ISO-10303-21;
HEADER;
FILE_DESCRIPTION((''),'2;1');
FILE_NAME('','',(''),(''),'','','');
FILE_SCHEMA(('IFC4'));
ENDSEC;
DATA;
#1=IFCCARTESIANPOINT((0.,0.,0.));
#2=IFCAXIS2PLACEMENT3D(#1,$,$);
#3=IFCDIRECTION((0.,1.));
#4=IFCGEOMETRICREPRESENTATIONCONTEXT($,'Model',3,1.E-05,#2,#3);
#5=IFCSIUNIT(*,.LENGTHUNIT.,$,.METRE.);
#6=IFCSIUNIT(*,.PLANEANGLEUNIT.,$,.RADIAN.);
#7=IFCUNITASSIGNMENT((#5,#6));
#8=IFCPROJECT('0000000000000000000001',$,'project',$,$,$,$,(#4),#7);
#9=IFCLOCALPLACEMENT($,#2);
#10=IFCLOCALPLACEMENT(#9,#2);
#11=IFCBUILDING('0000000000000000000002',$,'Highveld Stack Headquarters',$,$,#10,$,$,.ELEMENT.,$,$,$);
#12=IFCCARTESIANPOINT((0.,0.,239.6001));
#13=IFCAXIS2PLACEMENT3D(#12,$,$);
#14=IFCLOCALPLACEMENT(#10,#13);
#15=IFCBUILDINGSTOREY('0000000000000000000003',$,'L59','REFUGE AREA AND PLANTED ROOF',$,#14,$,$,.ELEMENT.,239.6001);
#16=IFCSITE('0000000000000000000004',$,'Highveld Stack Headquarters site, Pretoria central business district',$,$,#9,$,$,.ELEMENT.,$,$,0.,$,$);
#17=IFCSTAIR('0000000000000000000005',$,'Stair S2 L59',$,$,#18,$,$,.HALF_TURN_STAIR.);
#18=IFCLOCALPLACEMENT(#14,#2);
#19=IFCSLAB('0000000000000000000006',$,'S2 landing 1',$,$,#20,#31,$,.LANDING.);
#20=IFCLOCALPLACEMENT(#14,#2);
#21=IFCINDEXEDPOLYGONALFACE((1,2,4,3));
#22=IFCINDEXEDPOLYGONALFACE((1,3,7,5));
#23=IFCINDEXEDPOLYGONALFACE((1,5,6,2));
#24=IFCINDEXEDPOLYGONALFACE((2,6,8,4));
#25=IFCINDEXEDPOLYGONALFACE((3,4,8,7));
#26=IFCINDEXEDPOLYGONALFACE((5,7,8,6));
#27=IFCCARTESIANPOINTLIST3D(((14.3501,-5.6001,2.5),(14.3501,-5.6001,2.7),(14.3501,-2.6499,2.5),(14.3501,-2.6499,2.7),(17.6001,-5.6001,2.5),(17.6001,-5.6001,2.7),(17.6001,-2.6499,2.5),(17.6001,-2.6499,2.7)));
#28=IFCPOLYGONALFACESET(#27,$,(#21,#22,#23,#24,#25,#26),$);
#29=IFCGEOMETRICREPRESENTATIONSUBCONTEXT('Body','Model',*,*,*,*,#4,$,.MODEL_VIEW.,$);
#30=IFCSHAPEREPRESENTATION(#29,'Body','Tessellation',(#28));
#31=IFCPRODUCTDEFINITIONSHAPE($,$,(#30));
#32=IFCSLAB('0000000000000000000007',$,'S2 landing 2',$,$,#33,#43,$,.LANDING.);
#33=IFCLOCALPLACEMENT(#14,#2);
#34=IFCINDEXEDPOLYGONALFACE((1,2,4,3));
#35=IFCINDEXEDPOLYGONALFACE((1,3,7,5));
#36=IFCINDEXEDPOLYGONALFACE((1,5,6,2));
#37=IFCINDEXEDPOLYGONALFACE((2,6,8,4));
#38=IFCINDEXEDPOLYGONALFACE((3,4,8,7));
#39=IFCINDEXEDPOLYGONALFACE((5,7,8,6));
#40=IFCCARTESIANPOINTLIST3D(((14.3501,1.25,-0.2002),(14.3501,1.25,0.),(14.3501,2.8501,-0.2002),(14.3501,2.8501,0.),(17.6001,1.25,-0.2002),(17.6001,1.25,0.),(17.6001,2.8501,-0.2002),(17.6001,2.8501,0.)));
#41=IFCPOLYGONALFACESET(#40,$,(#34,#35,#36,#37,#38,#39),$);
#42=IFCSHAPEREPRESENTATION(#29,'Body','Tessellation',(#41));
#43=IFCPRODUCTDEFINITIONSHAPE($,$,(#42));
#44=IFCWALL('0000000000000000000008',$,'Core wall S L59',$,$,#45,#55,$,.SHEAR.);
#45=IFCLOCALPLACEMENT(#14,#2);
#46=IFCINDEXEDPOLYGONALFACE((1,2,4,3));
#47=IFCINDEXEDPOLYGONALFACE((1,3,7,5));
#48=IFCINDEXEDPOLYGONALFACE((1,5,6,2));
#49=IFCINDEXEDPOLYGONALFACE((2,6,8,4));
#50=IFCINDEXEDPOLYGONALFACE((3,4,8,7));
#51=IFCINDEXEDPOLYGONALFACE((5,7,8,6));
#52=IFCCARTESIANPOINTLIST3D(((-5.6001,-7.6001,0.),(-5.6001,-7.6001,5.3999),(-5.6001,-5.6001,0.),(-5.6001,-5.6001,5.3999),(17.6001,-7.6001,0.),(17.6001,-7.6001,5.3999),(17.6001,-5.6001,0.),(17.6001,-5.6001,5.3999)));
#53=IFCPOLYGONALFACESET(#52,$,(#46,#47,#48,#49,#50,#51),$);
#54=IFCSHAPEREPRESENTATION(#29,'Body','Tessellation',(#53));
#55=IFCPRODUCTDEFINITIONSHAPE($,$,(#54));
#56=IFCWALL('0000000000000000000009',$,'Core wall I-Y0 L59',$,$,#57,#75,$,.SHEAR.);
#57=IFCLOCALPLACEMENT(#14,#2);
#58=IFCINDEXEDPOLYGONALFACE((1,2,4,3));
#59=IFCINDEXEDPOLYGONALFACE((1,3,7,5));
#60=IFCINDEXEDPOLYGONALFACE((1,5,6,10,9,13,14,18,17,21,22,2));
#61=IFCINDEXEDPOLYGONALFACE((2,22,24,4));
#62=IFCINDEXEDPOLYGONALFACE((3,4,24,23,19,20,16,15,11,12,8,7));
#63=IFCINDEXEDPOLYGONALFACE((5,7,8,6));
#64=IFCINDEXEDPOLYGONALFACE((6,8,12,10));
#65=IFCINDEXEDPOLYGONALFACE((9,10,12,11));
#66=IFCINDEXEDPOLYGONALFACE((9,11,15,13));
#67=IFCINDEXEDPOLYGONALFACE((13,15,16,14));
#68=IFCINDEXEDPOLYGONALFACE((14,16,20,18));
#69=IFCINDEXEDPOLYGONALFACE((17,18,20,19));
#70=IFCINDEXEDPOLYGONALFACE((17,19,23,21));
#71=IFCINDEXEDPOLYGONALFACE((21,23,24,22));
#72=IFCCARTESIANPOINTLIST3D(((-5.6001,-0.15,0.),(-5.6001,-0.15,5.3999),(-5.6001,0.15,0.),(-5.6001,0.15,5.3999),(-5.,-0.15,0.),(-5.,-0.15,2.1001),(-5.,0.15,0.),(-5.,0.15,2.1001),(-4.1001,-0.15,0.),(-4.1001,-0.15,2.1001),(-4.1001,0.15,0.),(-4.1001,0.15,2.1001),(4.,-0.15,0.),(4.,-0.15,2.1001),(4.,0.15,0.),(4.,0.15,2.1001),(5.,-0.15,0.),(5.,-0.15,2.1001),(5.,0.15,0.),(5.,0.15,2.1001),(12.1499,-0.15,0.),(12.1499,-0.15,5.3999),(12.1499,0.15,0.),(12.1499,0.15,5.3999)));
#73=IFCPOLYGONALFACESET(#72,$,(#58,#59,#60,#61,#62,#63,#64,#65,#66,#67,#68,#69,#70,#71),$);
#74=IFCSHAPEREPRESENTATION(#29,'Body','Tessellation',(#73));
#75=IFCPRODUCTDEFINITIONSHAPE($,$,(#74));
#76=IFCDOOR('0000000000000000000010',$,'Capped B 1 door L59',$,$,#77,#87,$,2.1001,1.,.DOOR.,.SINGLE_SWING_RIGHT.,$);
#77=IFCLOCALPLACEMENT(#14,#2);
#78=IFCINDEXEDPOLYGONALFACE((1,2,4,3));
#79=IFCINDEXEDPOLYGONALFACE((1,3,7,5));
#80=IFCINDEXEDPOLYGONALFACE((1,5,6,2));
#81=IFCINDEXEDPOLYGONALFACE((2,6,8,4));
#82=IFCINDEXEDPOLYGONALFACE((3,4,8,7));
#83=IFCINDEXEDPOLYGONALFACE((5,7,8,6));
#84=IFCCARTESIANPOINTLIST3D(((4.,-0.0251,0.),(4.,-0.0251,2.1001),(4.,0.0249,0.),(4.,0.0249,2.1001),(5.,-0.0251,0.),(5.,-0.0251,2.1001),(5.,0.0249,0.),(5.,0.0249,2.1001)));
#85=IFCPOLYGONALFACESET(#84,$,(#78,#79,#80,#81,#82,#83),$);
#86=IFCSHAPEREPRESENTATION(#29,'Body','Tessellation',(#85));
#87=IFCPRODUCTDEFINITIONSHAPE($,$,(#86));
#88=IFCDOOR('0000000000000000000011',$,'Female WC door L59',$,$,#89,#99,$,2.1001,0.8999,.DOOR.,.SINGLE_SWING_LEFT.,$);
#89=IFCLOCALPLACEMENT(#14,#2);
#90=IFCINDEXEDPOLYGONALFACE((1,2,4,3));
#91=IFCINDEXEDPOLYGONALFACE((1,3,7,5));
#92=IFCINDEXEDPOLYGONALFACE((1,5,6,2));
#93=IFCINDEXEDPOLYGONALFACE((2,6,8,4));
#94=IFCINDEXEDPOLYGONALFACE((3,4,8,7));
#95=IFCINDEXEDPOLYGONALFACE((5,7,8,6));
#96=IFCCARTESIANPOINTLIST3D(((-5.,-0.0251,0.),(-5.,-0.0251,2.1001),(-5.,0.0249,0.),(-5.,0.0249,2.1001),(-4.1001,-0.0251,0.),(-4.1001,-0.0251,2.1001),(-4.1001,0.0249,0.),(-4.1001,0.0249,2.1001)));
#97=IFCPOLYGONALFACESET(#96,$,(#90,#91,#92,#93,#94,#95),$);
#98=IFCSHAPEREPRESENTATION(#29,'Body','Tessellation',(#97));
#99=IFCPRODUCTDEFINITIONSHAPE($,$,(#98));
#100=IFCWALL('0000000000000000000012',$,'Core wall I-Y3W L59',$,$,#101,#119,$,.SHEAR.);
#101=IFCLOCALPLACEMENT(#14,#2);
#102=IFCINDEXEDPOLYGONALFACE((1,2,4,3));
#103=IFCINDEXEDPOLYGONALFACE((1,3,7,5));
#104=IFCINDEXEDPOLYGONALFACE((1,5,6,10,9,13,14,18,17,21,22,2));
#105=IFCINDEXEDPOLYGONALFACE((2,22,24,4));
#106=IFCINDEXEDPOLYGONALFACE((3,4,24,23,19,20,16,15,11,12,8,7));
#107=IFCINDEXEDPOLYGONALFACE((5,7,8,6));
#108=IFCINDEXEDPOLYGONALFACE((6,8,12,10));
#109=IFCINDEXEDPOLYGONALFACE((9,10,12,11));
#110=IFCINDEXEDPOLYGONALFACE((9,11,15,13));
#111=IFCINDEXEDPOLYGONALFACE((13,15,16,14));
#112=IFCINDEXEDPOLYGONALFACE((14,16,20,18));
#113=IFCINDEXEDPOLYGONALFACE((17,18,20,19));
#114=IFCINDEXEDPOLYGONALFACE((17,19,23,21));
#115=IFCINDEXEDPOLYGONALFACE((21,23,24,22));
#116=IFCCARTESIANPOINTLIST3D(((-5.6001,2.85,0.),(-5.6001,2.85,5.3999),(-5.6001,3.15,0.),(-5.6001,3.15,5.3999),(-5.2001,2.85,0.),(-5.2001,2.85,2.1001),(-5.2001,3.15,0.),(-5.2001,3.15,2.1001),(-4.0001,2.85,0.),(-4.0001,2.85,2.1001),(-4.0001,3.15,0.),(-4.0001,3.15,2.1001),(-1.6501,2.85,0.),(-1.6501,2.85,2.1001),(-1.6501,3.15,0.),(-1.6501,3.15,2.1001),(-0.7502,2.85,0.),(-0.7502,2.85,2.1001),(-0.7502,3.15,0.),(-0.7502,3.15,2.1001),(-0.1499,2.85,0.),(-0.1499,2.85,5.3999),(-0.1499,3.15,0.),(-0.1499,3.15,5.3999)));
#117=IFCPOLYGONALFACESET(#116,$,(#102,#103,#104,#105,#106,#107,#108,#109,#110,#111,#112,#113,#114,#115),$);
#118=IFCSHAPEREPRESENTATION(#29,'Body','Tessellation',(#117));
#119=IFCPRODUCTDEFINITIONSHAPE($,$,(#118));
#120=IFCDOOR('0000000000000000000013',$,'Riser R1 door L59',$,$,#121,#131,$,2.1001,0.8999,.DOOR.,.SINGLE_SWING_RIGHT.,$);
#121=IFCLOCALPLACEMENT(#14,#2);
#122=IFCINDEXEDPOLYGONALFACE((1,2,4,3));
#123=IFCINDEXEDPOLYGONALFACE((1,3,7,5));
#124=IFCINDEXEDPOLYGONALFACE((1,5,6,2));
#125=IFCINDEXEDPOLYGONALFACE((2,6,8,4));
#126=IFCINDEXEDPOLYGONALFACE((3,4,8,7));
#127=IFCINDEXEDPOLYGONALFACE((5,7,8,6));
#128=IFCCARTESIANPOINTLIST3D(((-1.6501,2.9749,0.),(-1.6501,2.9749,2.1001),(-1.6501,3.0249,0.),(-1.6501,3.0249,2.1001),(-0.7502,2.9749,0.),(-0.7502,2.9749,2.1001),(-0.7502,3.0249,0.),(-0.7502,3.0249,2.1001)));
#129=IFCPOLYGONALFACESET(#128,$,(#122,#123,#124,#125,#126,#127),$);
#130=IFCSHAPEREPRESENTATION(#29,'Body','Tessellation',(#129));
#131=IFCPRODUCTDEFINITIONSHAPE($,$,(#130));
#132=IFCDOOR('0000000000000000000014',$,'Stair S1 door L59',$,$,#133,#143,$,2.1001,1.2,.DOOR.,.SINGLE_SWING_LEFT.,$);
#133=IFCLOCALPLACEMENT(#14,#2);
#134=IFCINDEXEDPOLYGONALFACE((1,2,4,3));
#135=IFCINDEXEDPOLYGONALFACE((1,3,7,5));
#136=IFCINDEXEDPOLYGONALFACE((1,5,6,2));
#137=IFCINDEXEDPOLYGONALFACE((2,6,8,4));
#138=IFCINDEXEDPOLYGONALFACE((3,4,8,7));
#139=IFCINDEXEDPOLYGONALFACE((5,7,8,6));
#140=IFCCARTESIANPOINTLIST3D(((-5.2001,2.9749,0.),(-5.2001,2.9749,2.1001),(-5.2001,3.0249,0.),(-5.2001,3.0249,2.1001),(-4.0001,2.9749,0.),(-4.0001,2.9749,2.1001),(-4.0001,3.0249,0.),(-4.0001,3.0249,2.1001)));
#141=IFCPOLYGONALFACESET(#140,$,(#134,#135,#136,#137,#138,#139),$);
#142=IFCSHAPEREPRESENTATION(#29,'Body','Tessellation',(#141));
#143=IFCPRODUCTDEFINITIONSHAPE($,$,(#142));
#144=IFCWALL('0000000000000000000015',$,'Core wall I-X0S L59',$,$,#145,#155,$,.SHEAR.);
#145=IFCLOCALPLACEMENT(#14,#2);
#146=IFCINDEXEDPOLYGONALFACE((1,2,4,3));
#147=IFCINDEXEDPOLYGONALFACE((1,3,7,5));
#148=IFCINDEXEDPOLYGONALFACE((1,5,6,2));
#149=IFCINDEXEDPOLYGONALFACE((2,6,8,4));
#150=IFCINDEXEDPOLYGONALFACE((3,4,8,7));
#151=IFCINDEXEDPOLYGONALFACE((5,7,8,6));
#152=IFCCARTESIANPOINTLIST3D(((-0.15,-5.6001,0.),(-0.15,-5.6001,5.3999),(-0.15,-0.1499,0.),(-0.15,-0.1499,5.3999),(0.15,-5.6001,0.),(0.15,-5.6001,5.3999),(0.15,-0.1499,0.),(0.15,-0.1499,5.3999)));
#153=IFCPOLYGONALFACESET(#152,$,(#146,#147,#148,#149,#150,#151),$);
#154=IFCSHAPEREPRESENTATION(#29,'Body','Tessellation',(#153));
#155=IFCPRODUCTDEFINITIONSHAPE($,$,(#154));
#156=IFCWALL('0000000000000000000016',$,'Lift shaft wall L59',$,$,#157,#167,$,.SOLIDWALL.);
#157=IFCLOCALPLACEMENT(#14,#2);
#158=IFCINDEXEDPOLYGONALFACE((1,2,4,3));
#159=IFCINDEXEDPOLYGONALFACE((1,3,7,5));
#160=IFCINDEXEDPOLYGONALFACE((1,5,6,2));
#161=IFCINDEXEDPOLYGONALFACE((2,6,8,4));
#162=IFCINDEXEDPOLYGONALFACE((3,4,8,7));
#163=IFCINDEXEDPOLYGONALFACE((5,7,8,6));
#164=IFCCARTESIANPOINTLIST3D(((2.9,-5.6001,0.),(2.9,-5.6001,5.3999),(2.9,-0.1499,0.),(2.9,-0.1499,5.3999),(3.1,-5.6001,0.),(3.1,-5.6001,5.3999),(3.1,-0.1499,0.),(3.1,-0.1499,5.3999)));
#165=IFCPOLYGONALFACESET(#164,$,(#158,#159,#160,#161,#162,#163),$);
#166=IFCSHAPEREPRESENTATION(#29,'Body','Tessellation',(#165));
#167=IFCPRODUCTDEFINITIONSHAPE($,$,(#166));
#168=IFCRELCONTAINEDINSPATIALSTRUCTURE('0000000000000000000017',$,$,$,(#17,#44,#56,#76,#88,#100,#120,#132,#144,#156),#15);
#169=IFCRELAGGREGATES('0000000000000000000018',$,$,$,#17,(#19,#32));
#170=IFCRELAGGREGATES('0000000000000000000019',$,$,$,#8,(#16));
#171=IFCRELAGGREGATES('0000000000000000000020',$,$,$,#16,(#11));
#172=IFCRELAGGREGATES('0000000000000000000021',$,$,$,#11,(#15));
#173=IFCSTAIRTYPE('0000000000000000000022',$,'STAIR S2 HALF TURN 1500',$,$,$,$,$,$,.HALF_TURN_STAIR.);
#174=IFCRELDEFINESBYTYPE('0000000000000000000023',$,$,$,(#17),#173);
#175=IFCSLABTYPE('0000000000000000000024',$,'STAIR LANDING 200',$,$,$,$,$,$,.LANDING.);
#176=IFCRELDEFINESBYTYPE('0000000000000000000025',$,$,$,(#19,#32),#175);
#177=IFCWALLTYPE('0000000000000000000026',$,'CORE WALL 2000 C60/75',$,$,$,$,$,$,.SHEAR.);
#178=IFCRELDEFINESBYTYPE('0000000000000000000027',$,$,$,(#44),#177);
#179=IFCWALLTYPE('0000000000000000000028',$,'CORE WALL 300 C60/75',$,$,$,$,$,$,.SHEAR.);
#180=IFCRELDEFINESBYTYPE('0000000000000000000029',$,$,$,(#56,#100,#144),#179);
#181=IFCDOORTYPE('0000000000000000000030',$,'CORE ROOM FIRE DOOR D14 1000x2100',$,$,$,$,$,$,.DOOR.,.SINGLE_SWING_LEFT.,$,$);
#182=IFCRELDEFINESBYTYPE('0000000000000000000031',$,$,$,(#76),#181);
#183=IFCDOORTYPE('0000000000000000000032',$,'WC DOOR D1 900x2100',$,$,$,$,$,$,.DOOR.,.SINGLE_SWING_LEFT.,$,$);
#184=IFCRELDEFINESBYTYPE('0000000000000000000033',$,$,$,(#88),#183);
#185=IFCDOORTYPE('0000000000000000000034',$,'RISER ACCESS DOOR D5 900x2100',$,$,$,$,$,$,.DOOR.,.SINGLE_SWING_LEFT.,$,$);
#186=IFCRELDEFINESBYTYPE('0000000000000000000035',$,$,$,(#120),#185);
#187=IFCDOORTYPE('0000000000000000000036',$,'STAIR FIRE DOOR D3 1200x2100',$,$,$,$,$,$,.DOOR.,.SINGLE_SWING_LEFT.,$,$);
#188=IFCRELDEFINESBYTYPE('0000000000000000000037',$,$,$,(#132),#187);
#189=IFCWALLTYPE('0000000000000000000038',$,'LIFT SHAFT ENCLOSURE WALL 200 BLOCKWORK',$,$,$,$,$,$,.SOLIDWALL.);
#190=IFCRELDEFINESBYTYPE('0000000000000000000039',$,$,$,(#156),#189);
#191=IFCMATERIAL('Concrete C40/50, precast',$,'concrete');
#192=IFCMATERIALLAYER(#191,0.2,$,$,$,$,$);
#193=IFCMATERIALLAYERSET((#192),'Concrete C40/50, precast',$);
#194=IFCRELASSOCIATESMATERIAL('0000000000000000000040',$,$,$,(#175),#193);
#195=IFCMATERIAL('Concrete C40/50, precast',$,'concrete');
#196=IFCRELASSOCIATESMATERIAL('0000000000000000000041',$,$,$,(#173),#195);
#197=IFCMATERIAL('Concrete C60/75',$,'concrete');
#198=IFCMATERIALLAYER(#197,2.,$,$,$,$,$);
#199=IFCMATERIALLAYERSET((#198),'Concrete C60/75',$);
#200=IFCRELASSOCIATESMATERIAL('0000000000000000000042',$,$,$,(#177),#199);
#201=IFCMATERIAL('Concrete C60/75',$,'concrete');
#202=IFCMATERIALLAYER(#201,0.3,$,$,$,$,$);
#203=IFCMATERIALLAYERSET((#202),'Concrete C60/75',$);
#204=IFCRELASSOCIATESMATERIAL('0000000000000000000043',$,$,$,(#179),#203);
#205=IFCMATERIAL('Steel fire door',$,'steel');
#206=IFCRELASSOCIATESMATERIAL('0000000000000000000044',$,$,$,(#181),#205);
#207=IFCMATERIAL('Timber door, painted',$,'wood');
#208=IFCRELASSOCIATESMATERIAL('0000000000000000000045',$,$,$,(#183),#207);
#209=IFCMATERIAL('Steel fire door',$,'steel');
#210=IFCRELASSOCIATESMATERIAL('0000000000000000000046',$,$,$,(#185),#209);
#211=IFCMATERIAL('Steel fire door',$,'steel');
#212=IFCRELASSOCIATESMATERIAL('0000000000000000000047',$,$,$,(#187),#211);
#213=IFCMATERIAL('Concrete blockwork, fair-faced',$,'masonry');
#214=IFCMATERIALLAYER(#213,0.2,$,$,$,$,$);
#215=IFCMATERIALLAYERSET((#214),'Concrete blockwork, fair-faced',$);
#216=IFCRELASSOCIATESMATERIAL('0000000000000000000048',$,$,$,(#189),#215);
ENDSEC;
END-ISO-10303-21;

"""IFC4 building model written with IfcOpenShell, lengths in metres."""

from ifc_helpers import new_model, si_unit, direction, frame, frame_2d, origin, place, context, subcontext, project, spatial, polyline, rectangle, outline, extrude, material, layer, layer_set, type_object, element, fill, aggregate, save


model = new_model("IFC4")

# Units and contexts
model_context = context("Model", 3, precision=1e-05, world=origin(), true_north=direction((0.0, 1.0)))
body_context = subcontext(model_context, "Body", "Model", "MODEL_VIEW")
ifc_project = project(units=[si_unit("LENGTHUNIT", "METRE"), si_unit("PLANEANGLEUNIT", "RADIAN")], contexts=[model_context])

# Site, building, storey
site_placement = place(None, origin())
site = spatial("IfcSite", under=ifc_project, at=site_placement, Name="Highveld Stack Headquarters site, Pretoria central business district", CompositionType="ELEMENT", RefElevation=0.0)
building_placement = place(site_placement, origin())
building = spatial("IfcBuilding", under=site, at=building_placement, Name="Highveld Stack Headquarters", CompositionType="ELEMENT")
storey_placement = place(building_placement, frame((0.0, 0.0, 239.6001)))
storey = spatial("IfcBuildingStorey", under=building, at=storey_placement, Name="L59", Description="REFUGE AREA AND PLANTED ROOF", CompositionType="ELEMENT", Elevation=239.6001)

# Stair, slabs
ifc_material_1 = material(Name="Concrete C40/50, precast", Category="concrete")
ifc_layer_1 = layer(ifc_material_1, 0.2)
ifc_layer_set_1 = layer_set([ifc_layer_1], Name="Concrete C40/50, precast")
slab_type_1 = type_object("IfcSlabType", Name="STAIR LANDING 200", PredefinedType="LANDING", material=ifc_layer_set_1)
ifc_material_2 = material(Name="Concrete C40/50, precast", Category="concrete")
stair_type_1 = type_object("IfcStairType", Name="STAIR S2 HALF TURN 1500", PredefinedType="HALF_TURN_STAIR", material=ifc_material_2)
stair_1_placement = place(storey_placement, origin())
stair_1 = element("IfcStair", 1, at=stair_1_placement, inside=storey, type_object=stair_type_1, Name="Stair S2 L59", PredefinedType="HALF_TURN_STAIR")
slab_1_placement = place(storey_placement, frame((0.0, 0.0, 2.5)))
slab_1 = element("IfcSlab", 2, at=slab_1_placement, type_object=slab_type_1, Name="S2 landing 1", PredefinedType="LANDING", context=body_context, shape_type="SweptSolid", body=[
    extrude(outline(polyline([(14.3501, -5.6001), (17.6001, -5.6001), (17.6001, -2.6499), (14.3501, -2.6499), (14.3501, -5.6001)])), origin(), (0.0, 0.0, 1.0), 0.2),
])
slab_2_placement = place(storey_placement, frame((0.0, 0.0, -0.2002)))
slab_2 = element("IfcSlab", 3, at=slab_2_placement, type_object=slab_type_1, Name="S2 landing 2", PredefinedType="LANDING", context=body_context, shape_type="SweptSolid", body=[
    extrude(outline(polyline([(14.3501, 1.25), (17.6001, 1.25), (17.6001, 2.8501), (14.3501, 2.8501), (14.3501, 1.25)])), origin(), (0.0, 0.0, 1.0), 0.2002),
])
aggregate(stair_1, [slab_1, slab_2])

# Wall
ifc_material_3 = material(Name="Concrete C60/75", Category="concrete")
ifc_layer_2 = layer(ifc_material_3, 2.0)
ifc_layer_set_2 = layer_set([ifc_layer_2], Name="Concrete C60/75")
wall_type_1 = type_object("IfcWallType", Name="CORE WALL 2000 C60/75", PredefinedType="SHEAR", material=ifc_layer_set_2)
wall_1_placement = place(storey_placement, frame((-5.6001, -6.6001, 0.0), z_axis=(0.0, 0.0, 1.0), x_axis=(1.0, 0.0, 0.0)))
element("IfcWall", 4, at=wall_1_placement, inside=storey, type_object=wall_type_1, Name="Core wall S L59", PredefinedType="SHEAR", context=body_context, shape_type="SweptSolid", body=[
    extrude(rectangle(XDim=23.2002, YDim=2.0, at=frame_2d((11.6001, 0.0))), origin(), (0.0, 0.0, 1.0), 5.3999),
])

# Walls, openings, doors
ifc_material_4 = material(Name="Concrete C60/75", Category="concrete")
ifc_layer_3 = layer(ifc_material_4, 0.3)
ifc_layer_set_3 = layer_set([ifc_layer_3], Name="Concrete C60/75")
wall_type_2 = type_object("IfcWallType", Name="CORE WALL 300 C60/75", PredefinedType="SHEAR", material=ifc_layer_set_3)
wall_2_placement = place(storey_placement, frame((-5.6001, 0.0, 0.0), z_axis=(0.0, 0.0, 1.0), x_axis=(1.0, 0.0, 0.0)))
wall_2 = element("IfcWall", 5, at=wall_2_placement, inside=storey, type_object=wall_type_2, Name="Core wall I-Y0 L59", PredefinedType="SHEAR", context=body_context, shape_type="SweptSolid", body=[
    extrude(rectangle(XDim=17.75, YDim=0.3, at=frame_2d((8.875, 0.0))), origin(), (0.0, 0.0, 1.0), 5.3999),
])
opening_1_placement = place(wall_2_placement, frame((0.6001, 0.0, 0.0)))
opening_1 = element("IfcOpeningElement", 6, at=opening_1_placement, cuts=wall_2, PredefinedType="OPENING", context=body_context, shape_type="SweptSolid", body=[
    extrude(rectangle(XDim=0.8999, YDim=2.1001, at=frame_2d((0.45, 1.05))), frame((0.0, 0.1599, 0.0), z_axis=(0.0, -1.0, 0.0), x_axis=(1.0, 0.0, 0.0)), (0.0, 0.0, 1.0), 0.3201),
])
opening_2_placement = place(wall_2_placement, frame((9.6001, 0.0, 0.0)))
opening_2 = element("IfcOpeningElement", 7, at=opening_2_placement, cuts=wall_2, PredefinedType="OPENING", context=body_context, shape_type="SweptSolid", body=[
    extrude(rectangle(XDim=1.0, YDim=2.1001, at=frame_2d((0.5, 1.05))), frame((0.0, 0.1599, 0.0), z_axis=(0.0, -1.0, 0.0), x_axis=(1.0, 0.0, 0.0)), (0.0, 0.0, 1.0), 0.3201),
])
ifc_material_5 = material(Name="Steel fire door", Category="steel")
door_type_1 = type_object("IfcDoorType", Name="CORE ROOM FIRE DOOR D14 1000x2100", OperationType="SINGLE_SWING_LEFT", PredefinedType="DOOR", material=ifc_material_5)
door_1_placement = place(opening_2_placement, origin())
door_1 = element("IfcDoor", 8, at=door_1_placement, inside=storey, type_object=door_type_1, Name="Capped B 1 door L59", OperationType="SINGLE_SWING_RIGHT", OverallHeight=2.1001, OverallWidth=1.0, PredefinedType="DOOR", context=body_context, shape_type="SweptSolid", body=[
    extrude(rectangle(XDim=1.0, YDim=2.1001, at=frame_2d((0.5, 1.05))), frame((0.0, 0.0249, 0.0), z_axis=(0.0, -1.0, 0.0), x_axis=(1.0, 0.0, 0.0)), (0.0, 0.0, 1.0), 0.05),
])
fill(opening_2, door_1)
ifc_material_6 = material(Name="Timber door, painted", Category="wood")
door_type_2 = type_object("IfcDoorType", Name="WC DOOR D1 900x2100", OperationType="SINGLE_SWING_LEFT", PredefinedType="DOOR", material=ifc_material_6)
door_2_placement = place(opening_1_placement, origin())
door_2 = element("IfcDoor", 9, at=door_2_placement, inside=storey, type_object=door_type_2, Name="Female WC door L59", OperationType="SINGLE_SWING_LEFT", OverallHeight=2.1001, OverallWidth=0.8999, PredefinedType="DOOR", context=body_context, shape_type="SweptSolid", body=[
    extrude(rectangle(XDim=0.8999, YDim=2.1001, at=frame_2d((0.45, 1.05))), frame((0.0, 0.0249, 0.0), z_axis=(0.0, -1.0, 0.0), x_axis=(1.0, 0.0, 0.0)), (0.0, 0.0, 1.0), 0.05),
])
fill(opening_1, door_2)
wall_3_placement = place(storey_placement, frame((-5.6001, 3.0, 0.0), z_axis=(0.0, 0.0, 1.0), x_axis=(1.0, 0.0, 0.0)))
wall_3 = element("IfcWall", 10, at=wall_3_placement, inside=storey, type_object=wall_type_2, Name="Core wall I-Y3W L59", PredefinedType="SHEAR", context=body_context, shape_type="SweptSolid", body=[
    extrude(rectangle(XDim=5.4502, YDim=0.3, at=frame_2d((2.7251, 0.0))), origin(), (0.0, 0.0, 1.0), 5.3999),
])
opening_3_placement = place(wall_3_placement, frame((0.3999, 0.0, 0.0)))
opening_3 = element("IfcOpeningElement", 11, at=opening_3_placement, cuts=wall_3, PredefinedType="OPENING", context=body_context, shape_type="SweptSolid", body=[
    extrude(rectangle(XDim=1.2, YDim=2.1001, at=frame_2d((0.6001, 1.05))), frame((0.0, 0.1599, 0.0), z_axis=(0.0, -1.0, 0.0), x_axis=(1.0, 0.0, 0.0)), (0.0, 0.0, 1.0), 0.3201),
])
opening_4_placement = place(wall_3_placement, frame((3.95, 0.0, 0.0)))
opening_4 = element("IfcOpeningElement", 12, at=opening_4_placement, cuts=wall_3, PredefinedType="OPENING", context=body_context, shape_type="SweptSolid", body=[
    extrude(rectangle(XDim=0.8999, YDim=2.1001, at=frame_2d((0.45, 1.05))), frame((0.0, 0.1599, 0.0), z_axis=(0.0, -1.0, 0.0), x_axis=(1.0, 0.0, 0.0)), (0.0, 0.0, 1.0), 0.3201),
])
ifc_material_7 = material(Name="Steel fire door", Category="steel")
door_type_3 = type_object("IfcDoorType", Name="RISER ACCESS DOOR D5 900x2100", OperationType="SINGLE_SWING_LEFT", PredefinedType="DOOR", material=ifc_material_7)
door_3_placement = place(opening_4_placement, origin())
door_3 = element("IfcDoor", 13, at=door_3_placement, inside=storey, type_object=door_type_3, Name="Riser R1 door L59", OperationType="SINGLE_SWING_RIGHT", OverallHeight=2.1001, OverallWidth=0.8999, PredefinedType="DOOR", context=body_context, shape_type="SweptSolid", body=[
    extrude(rectangle(XDim=0.8999, YDim=2.1001, at=frame_2d((0.45, 1.05))), frame((0.0, 0.0249, 0.0), z_axis=(0.0, -1.0, 0.0), x_axis=(1.0, 0.0, 0.0)), (0.0, 0.0, 1.0), 0.05),
])
fill(opening_4, door_3)
ifc_material_8 = material(Name="Steel fire door", Category="steel")
door_type_4 = type_object("IfcDoorType", Name="STAIR FIRE DOOR D3 1200x2100", OperationType="SINGLE_SWING_LEFT", PredefinedType="DOOR", material=ifc_material_8)
door_4_placement = place(opening_3_placement, origin())
door_4 = element("IfcDoor", 14, at=door_4_placement, inside=storey, type_object=door_type_4, Name="Stair S1 door L59", OperationType="SINGLE_SWING_LEFT", OverallHeight=2.1001, OverallWidth=1.2, PredefinedType="DOOR", context=body_context, shape_type="SweptSolid", body=[
    extrude(rectangle(XDim=1.2, YDim=2.1001, at=frame_2d((0.6001, 1.05))), frame((0.0, 0.0249, 0.0), z_axis=(0.0, -1.0, 0.0), x_axis=(1.0, 0.0, 0.0)), (0.0, 0.0, 1.0), 0.05),
])
fill(opening_3, door_4)

# Walls
wall_4_placement = place(storey_placement, frame((0.0, -5.6001, 0.0), z_axis=(0.0, 0.0, 1.0), x_axis=(0.0, 1.0, 0.0)))
element("IfcWall", 15, at=wall_4_placement, inside=storey, type_object=wall_type_2, Name="Core wall I-X0S L59", PredefinedType="SHEAR", context=body_context, shape_type="SweptSolid", body=[
    extrude(rectangle(XDim=5.4502, YDim=0.3, at=frame_2d((2.7251, 0.0))), origin(), (0.0, 0.0, 1.0), 5.3999),
])
ifc_material_9 = material(Name="Concrete blockwork, fair-faced", Category="masonry")
ifc_layer_4 = layer(ifc_material_9, 0.2)
ifc_layer_set_4 = layer_set([ifc_layer_4], Name="Concrete blockwork, fair-faced")
wall_type_3 = type_object("IfcWallType", Name="LIFT SHAFT ENCLOSURE WALL 200 BLOCKWORK", PredefinedType="SOLIDWALL", material=ifc_layer_set_4)
wall_5_placement = place(storey_placement, frame((3.0, -5.6001, 0.0), z_axis=(0.0, 0.0, 1.0), x_axis=(0.0, 1.0, 0.0)))
element("IfcWall", 16, at=wall_5_placement, inside=storey, type_object=wall_type_3, Name="Lift shaft wall L59", PredefinedType="SOLIDWALL", context=body_context, shape_type="SweptSolid", body=[
    extrude(rectangle(XDim=5.4502, YDim=0.2, at=frame_2d((2.7251, 0.0))), origin(), (0.0, 0.0, 1.0), 5.3999),
])

save(model, "model.ifc")
